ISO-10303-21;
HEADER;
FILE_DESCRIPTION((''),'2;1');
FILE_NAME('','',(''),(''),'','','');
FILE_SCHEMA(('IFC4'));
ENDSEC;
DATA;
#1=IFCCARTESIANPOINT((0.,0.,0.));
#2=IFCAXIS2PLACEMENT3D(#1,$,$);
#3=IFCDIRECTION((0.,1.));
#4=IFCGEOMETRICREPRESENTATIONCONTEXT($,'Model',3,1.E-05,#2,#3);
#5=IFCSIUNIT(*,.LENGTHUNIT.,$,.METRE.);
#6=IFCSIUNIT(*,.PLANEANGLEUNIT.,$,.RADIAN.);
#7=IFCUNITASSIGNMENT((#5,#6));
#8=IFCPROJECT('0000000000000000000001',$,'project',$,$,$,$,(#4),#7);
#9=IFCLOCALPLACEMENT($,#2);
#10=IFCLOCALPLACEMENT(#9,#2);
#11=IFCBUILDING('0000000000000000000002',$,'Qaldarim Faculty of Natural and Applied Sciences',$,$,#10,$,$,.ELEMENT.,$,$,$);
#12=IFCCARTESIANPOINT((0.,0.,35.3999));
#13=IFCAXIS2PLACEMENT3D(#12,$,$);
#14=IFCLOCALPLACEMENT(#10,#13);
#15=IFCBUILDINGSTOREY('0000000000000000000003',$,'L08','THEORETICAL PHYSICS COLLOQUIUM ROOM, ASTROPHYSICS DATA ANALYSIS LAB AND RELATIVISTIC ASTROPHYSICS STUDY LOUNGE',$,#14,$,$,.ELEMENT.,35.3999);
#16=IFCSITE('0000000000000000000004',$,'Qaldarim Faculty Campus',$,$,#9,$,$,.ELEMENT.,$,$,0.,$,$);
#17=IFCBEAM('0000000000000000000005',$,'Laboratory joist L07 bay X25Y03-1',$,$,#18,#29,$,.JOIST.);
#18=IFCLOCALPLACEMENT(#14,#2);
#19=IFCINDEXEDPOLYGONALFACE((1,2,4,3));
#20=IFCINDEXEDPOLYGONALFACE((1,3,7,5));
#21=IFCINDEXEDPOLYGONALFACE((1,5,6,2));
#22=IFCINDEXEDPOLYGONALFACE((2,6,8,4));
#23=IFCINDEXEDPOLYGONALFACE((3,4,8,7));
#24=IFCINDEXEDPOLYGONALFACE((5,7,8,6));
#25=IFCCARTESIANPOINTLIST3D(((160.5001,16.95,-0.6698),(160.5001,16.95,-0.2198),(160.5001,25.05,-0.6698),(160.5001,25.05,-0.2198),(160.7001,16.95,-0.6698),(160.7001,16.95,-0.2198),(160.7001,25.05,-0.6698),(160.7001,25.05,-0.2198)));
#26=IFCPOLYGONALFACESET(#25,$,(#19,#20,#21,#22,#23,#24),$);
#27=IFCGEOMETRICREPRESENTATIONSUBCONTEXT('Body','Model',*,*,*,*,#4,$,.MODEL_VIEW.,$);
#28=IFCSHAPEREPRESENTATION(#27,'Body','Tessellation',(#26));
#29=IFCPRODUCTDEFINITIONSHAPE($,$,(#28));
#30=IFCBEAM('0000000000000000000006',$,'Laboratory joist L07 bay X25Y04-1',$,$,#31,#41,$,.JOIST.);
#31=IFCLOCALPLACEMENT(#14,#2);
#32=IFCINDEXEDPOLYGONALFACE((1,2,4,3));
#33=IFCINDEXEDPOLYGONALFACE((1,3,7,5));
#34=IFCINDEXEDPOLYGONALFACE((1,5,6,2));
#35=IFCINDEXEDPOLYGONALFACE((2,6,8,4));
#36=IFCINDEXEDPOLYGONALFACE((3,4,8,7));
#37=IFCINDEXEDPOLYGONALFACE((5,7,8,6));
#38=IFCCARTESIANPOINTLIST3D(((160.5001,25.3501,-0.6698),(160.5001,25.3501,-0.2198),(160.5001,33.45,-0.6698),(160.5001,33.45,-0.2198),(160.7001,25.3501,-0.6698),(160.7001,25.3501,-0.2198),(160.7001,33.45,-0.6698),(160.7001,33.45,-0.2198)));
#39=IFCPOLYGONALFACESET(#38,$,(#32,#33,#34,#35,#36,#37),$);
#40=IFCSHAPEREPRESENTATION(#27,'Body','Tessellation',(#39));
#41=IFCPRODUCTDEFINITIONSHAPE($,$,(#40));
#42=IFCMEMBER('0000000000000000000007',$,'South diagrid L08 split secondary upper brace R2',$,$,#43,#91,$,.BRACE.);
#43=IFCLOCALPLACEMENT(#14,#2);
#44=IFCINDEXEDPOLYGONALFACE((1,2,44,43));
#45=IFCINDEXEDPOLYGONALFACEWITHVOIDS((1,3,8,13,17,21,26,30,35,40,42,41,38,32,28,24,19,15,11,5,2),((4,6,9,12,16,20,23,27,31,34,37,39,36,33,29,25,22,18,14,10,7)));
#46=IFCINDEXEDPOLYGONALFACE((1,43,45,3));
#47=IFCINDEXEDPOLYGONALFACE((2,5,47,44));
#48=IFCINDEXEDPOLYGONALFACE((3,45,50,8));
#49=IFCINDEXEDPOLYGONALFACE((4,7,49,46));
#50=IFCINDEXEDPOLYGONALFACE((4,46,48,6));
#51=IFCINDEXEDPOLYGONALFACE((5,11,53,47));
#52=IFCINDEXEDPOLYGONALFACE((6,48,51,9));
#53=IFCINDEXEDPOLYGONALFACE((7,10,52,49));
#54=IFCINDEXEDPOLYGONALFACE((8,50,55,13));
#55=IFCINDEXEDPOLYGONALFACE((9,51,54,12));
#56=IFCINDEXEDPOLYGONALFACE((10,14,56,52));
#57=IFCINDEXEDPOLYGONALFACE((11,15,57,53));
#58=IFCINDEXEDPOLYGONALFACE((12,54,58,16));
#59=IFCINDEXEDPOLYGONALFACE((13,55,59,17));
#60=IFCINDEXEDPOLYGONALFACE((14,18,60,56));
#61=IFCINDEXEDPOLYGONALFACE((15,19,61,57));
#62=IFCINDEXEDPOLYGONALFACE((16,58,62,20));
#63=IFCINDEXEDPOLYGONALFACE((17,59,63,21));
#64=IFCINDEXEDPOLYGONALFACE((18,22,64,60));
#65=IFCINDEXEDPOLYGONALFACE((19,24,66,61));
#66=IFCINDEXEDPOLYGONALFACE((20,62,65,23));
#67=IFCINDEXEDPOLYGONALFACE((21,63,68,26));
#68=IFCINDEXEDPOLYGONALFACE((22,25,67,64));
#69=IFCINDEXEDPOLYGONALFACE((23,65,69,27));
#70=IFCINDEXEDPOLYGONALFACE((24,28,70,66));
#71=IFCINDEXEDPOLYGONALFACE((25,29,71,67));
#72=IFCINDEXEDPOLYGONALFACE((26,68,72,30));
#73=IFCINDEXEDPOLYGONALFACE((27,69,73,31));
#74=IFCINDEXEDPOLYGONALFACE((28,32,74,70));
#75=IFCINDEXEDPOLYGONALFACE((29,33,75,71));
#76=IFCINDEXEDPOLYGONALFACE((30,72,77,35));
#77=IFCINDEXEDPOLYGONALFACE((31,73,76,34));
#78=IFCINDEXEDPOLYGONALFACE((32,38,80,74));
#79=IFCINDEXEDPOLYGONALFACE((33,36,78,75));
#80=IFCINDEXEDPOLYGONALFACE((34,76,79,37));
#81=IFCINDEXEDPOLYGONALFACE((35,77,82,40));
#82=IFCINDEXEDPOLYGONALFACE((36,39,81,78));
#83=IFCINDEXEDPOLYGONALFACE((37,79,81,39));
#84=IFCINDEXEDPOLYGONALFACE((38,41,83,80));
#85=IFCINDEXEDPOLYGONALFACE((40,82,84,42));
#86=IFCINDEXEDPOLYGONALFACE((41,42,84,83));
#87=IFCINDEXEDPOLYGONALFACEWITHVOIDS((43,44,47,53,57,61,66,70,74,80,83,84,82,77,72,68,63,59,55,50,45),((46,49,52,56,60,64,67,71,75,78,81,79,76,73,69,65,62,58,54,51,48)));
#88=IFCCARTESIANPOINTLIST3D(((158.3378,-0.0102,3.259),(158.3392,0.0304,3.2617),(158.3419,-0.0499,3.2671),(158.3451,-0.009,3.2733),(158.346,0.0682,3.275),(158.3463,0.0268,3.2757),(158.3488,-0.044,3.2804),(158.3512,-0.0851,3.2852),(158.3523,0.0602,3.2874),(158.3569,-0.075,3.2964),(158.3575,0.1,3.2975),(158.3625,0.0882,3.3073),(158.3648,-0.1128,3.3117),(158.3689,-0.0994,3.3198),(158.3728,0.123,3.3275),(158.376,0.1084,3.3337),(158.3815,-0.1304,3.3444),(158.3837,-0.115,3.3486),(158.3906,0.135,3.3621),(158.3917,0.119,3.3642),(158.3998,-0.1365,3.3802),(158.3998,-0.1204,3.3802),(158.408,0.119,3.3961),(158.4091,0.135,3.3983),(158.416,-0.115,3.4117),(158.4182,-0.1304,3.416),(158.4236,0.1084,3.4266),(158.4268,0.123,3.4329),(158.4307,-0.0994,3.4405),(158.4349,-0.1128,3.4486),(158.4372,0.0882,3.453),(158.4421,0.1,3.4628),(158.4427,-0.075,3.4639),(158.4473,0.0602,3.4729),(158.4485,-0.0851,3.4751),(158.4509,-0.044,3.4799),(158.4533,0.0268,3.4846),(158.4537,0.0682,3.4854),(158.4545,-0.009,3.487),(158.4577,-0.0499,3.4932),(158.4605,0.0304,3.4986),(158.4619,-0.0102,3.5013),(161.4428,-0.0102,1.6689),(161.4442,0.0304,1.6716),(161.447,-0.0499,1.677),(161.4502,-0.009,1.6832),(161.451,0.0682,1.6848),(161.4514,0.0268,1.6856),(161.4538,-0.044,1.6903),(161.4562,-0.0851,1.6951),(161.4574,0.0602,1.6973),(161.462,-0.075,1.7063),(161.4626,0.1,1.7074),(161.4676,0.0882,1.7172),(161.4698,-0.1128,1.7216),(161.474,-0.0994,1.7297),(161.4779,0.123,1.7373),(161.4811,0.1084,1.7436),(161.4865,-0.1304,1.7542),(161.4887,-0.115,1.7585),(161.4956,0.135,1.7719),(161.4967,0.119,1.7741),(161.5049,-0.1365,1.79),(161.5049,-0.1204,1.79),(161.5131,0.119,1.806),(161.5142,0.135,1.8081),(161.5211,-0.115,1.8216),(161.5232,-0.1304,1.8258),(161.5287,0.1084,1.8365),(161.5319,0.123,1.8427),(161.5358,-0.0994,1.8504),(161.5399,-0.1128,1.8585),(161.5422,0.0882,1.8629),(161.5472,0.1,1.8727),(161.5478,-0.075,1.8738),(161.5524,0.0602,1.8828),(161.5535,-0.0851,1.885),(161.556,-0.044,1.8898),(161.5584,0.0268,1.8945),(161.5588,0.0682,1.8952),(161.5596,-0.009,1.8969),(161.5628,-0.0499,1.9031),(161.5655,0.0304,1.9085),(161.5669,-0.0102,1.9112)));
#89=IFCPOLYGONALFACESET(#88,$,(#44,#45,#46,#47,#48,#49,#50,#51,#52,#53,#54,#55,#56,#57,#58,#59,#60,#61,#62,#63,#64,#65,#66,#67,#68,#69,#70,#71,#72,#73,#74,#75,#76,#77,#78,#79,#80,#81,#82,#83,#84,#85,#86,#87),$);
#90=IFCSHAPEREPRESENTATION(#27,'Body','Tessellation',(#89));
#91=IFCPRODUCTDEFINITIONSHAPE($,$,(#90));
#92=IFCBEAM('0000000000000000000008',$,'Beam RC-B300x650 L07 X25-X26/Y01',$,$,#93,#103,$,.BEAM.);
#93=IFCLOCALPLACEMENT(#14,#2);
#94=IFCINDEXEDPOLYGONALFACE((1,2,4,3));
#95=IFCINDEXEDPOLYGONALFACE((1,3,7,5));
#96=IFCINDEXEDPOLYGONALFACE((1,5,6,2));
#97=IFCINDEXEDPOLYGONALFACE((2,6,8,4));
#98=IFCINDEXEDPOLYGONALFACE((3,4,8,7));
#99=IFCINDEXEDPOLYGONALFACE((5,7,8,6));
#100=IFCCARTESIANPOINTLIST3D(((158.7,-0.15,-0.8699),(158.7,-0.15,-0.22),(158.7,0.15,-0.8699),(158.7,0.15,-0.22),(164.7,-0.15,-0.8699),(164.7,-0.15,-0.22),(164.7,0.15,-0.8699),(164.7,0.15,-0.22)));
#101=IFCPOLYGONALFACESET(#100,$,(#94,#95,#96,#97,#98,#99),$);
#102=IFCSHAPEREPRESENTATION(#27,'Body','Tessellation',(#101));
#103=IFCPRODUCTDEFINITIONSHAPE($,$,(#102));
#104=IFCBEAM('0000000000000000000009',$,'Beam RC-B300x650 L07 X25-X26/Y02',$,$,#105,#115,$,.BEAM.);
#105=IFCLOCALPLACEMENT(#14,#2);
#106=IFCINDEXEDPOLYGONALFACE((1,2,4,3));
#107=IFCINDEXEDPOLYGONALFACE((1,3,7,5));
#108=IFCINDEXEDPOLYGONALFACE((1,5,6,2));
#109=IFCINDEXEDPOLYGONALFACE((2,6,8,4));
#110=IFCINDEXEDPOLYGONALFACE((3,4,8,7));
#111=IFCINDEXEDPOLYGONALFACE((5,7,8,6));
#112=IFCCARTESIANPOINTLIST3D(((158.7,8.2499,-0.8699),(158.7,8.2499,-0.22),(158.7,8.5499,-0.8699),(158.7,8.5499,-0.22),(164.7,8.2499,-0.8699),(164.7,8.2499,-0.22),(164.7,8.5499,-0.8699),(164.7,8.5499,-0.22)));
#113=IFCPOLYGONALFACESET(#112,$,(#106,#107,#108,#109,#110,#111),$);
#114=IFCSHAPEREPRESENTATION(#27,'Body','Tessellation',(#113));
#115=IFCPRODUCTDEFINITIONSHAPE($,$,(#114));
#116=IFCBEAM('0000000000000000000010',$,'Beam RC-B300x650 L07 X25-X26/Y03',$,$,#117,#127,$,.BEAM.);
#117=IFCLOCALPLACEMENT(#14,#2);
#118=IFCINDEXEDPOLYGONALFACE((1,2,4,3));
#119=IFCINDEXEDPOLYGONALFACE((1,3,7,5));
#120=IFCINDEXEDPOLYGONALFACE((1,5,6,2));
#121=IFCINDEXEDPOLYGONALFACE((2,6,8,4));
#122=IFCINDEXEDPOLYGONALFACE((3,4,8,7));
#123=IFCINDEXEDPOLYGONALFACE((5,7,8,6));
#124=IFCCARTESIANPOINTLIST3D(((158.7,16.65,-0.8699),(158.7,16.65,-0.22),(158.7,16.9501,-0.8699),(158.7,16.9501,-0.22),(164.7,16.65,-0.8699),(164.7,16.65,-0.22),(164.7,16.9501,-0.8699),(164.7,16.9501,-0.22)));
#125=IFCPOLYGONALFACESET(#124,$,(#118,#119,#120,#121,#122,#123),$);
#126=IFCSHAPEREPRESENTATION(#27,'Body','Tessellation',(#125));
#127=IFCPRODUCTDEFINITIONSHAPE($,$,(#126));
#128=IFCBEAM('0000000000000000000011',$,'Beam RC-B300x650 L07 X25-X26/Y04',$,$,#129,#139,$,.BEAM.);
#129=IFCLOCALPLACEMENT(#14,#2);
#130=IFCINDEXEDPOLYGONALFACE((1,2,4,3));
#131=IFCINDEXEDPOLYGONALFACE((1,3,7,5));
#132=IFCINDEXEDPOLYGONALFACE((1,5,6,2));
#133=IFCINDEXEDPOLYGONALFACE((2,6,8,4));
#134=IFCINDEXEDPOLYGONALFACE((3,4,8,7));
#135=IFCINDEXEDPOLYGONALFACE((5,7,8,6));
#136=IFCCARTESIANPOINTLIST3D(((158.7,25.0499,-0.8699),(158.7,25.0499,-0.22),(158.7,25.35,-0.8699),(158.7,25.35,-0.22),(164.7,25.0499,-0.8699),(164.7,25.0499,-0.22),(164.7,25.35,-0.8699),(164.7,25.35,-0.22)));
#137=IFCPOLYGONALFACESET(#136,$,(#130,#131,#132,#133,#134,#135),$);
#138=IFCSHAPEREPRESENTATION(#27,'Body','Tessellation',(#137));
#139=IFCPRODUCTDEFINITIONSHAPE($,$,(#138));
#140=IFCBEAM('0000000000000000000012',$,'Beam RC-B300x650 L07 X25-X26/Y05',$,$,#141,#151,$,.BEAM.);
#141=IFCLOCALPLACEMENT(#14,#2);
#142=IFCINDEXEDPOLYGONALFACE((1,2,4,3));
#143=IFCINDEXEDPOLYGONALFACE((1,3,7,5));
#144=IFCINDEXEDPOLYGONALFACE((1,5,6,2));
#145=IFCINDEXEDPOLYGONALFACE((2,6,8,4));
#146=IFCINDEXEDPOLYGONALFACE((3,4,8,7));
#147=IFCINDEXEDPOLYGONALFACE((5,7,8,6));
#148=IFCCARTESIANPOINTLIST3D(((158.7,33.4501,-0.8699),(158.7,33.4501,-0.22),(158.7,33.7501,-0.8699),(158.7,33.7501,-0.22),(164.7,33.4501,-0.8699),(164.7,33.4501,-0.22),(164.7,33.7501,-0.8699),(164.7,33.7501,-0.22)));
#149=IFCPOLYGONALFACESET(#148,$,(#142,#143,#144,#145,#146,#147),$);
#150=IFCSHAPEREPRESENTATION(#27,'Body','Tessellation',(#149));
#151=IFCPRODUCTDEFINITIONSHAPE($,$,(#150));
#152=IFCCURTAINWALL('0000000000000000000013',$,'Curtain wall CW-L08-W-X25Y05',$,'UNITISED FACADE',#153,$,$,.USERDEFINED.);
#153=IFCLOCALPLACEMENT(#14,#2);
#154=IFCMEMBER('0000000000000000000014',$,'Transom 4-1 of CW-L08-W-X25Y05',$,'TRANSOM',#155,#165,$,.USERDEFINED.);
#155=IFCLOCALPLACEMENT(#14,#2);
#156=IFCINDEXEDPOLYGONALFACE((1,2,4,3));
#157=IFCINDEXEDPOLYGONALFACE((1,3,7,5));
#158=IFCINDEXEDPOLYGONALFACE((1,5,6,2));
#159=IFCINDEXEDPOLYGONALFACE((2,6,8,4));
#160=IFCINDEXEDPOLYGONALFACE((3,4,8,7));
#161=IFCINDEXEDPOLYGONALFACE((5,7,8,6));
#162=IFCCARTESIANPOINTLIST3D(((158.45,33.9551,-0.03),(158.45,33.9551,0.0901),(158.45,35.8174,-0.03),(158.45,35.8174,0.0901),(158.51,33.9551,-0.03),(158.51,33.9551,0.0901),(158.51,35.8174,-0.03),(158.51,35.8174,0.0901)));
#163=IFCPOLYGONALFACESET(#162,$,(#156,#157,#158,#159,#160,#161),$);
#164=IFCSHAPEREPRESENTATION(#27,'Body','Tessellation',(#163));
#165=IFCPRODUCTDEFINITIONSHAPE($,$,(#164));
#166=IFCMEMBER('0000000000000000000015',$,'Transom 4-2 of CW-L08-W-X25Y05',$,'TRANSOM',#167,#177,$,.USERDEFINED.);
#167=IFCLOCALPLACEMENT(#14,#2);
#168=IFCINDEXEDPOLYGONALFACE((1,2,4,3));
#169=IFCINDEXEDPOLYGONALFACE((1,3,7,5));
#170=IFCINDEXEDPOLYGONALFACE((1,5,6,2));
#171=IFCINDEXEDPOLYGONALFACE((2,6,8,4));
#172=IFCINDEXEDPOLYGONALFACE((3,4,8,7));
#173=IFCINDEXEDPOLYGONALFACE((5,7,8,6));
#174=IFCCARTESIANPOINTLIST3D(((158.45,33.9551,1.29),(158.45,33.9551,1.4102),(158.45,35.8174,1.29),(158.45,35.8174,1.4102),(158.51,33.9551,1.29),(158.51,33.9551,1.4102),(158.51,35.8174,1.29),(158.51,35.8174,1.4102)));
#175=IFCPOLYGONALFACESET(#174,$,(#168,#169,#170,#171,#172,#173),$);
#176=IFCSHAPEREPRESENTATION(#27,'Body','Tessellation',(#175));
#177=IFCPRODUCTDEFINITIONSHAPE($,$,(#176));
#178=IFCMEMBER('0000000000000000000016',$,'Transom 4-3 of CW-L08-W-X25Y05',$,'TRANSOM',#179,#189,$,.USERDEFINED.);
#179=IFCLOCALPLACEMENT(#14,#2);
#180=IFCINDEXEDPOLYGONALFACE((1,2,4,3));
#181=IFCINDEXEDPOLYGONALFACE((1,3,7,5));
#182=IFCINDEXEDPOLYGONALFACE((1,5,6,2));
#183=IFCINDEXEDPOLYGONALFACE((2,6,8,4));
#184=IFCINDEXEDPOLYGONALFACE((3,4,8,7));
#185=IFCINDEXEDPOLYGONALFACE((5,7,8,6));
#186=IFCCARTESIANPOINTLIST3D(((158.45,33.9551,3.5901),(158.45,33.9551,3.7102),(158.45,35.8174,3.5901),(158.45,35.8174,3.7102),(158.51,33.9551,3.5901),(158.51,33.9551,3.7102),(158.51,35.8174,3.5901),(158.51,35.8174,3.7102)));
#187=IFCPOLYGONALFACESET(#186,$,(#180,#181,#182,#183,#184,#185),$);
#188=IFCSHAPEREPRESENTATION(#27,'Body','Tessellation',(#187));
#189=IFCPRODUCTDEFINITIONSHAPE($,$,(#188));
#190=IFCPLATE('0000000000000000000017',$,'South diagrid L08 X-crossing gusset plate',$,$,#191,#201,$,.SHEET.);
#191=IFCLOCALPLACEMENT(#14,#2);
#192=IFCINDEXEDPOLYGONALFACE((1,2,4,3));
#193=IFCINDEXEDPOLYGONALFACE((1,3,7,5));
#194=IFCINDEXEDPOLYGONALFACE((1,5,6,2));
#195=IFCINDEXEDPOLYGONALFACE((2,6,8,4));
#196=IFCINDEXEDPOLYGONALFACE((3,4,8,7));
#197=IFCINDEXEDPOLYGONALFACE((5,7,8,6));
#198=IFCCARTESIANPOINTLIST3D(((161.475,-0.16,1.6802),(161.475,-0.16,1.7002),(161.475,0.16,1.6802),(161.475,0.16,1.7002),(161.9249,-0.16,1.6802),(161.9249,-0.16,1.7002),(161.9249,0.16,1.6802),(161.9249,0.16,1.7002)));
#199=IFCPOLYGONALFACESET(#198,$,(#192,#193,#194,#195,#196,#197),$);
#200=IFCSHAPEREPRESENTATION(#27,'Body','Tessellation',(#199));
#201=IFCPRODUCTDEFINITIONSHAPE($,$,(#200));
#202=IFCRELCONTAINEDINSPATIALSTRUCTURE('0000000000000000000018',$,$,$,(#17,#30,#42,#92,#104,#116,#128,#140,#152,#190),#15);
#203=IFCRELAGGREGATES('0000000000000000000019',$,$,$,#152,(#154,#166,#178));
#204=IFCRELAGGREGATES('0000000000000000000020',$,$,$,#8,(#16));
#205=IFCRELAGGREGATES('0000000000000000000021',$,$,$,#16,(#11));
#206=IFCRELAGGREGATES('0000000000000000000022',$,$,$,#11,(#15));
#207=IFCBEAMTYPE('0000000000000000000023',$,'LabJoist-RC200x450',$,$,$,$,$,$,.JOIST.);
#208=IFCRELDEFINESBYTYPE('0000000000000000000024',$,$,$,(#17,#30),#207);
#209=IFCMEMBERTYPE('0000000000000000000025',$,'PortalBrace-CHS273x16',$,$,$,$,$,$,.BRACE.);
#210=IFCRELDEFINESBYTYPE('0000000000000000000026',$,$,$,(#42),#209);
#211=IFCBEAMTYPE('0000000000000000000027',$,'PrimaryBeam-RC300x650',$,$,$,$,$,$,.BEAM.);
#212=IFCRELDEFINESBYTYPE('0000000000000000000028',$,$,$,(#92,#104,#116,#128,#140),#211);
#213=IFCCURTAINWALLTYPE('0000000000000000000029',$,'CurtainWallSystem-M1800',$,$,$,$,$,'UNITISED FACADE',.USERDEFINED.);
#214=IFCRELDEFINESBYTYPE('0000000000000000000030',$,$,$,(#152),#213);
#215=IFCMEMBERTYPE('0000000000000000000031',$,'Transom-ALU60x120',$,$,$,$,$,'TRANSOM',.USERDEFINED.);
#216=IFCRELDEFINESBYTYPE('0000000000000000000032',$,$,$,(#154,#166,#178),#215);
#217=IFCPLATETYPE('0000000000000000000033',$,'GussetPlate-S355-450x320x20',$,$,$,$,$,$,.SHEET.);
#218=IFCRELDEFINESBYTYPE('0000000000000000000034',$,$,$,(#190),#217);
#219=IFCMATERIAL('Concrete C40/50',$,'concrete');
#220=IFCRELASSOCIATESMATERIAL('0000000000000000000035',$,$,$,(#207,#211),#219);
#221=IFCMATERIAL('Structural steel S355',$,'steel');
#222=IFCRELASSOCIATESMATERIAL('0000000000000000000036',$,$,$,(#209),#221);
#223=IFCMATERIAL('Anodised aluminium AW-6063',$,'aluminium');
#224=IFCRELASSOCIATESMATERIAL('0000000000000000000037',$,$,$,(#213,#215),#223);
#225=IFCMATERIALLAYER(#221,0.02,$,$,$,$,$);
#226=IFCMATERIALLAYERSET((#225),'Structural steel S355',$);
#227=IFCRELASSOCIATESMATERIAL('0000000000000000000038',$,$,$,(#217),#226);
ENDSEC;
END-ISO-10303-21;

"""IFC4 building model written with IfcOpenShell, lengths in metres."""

from ifc_helpers import new_model, si_unit, direction, frame, origin, origin_2d, place, context, subcontext, project, spatial, rectangle, hollow_circle, extrude, material, layer, layer_set, material_profile, profile_set, type_object, element, aggregate, save


model = new_model("IFC4")

# Units and contexts
model_context = context("Model", 3, precision=1e-05, world=origin(), true_north=direction((0.0, 1.0)))
body_context = subcontext(model_context, "Body", "Model", "MODEL_VIEW")
ifc_project = project(units=[si_unit("LENGTHUNIT", "METRE"), si_unit("PLANEANGLEUNIT", "RADIAN")], contexts=[model_context])

# Site, building, storey
site_placement = place(None, origin())
site = spatial("IfcSite", under=ifc_project, at=site_placement, Name="Qaldarim Faculty Campus", CompositionType="ELEMENT", RefElevation=0.0)
building_placement = place(site_placement, origin())
building = spatial("IfcBuilding", under=site, at=building_placement, Name="Qaldarim Faculty of Natural and Applied Sciences", CompositionType="ELEMENT")
storey_placement = place(building_placement, frame((0.0, 0.0, 35.3999)))
storey = spatial("IfcBuildingStorey", under=building, at=storey_placement, Name="L08", Description="THEORETICAL PHYSICS COLLOQUIUM ROOM, ASTROPHYSICS DATA ANALYSIS LAB AND RELATIVISTIC ASTROPHYSICS STUDY LOUNGE", CompositionType="ELEMENT", Elevation=35.3999)

# Beams
ifc_material_1 = material(Name="Concrete C40/50", Category="concrete")
ifc_material_profile_1 = material_profile(ifc_material_1, rectangle(XDim=0.2, YDim=0.45, at=origin_2d()), Name="RC-J200x450")
ifc_profile_set_1 = profile_set([ifc_material_profile_1], Name="Concrete C40/50")
beam_type_1 = type_object("IfcBeamType", Name="LabJoist-RC200x450", PredefinedType="JOIST", material=ifc_profile_set_1)
beam_1_placement = place(storey_placement, frame((160.6001, 16.95, -0.4448), z_axis=(0.0, 1.0, 0.0), x_axis=(-1.0, 0.0, 0.0)))
element("IfcBeam", 1, at=beam_1_placement, inside=storey, type_object=beam_type_1, Name="Laboratory joist L07 bay X25Y03-1", PredefinedType="JOIST", context=body_context, shape_type="SweptSolid", body=[
    extrude(rectangle(XDim=0.2, YDim=0.45, at=origin_2d()), origin(), (0.0, 0.0, 1.0), 8.1001),
])
beam_2_placement = place(storey_placement, frame((160.6001, 25.3501, -0.4448), z_axis=(0.0, 1.0, 0.0), x_axis=(-1.0, 0.0, 0.0)))
element("IfcBeam", 2, at=beam_2_placement, inside=storey, type_object=beam_type_1, Name="Laboratory joist L07 bay X25Y04-1", PredefinedType="JOIST", context=body_context, shape_type="SweptSolid", body=[
    extrude(rectangle(XDim=0.2, YDim=0.45, at=origin_2d()), origin(), (0.0, 0.0, 1.0), 8.0999),
])

# Member
ifc_material_2 = material(Name="Structural steel S355", Category="steel")
ifc_material_profile_2 = material_profile(ifc_material_2, hollow_circle(Radius=0.1365, WallThickness=0.0161, at=origin_2d()), Name="CHS 273.0x16.0")
ifc_profile_set_2 = profile_set([ifc_material_profile_2], Name="Structural steel S355")
member_type_1 = type_object("IfcMemberType", Name="PortalBrace-CHS273x16", PredefinedType="BRACE", material=ifc_profile_set_2)
member_1_placement = place(storey_placement, frame((161.5049, 0.0, 1.79), z_axis=(-0.890075, 0.0, 0.455815), x_axis=(0.0, -1.0, 0.0)))
element("IfcMember", 3, at=member_1_placement, inside=storey, type_object=member_type_1, Name="South diagrid L08 split secondary upper brace R2", PredefinedType="BRACE", context=body_context, shape_type="SweptSolid", body=[
    extrude(hollow_circle(Radius=0.1365, WallThickness=0.0161, at=origin_2d()), origin(), (0.0, 0.0, 1.0), 3.4885),
])

# Beams
ifc_material_profile_3 = material_profile(ifc_material_1, rectangle(XDim=0.3, YDim=0.6499, at=origin_2d()), Name="RC-B300x650")
ifc_profile_set_3 = profile_set([ifc_material_profile_3], Name="Concrete C40/50")
beam_type_2 = type_object("IfcBeamType", Name="PrimaryBeam-RC300x650", PredefinedType="BEAM", material=ifc_profile_set_3)
for number, where, z_axis, x_axis, name in (
    (4, (158.7, 0.0, -0.5449), (1.0, 0.0, 0.0), (0.0, 1.0, 0.0), "Beam RC-B300x650 L07 X25-X26/Y01"),
    (5, (158.7, 8.3999, -0.5449), (1.0, 0.0, 0.0), (0.0, 1.0, 0.0), "Beam RC-B300x650 L07 X25-X26/Y02"),
    (6, (158.7, 16.8, -0.5449), (1.0, 0.0, 0.0), (0.0, 1.0, 0.0), "Beam RC-B300x650 L07 X25-X26/Y03"),
    (7, (158.7, 25.2, -0.5449), (1.0, 0.0, 0.0), (0.0, 1.0, 0.0), "Beam RC-B300x650 L07 X25-X26/Y04"),
    (8, (158.7, 33.6001, -0.5449), (1.0, 0.0, 0.0), (0.0, 1.0, 0.0), "Beam RC-B300x650 L07 X25-X26/Y05"),
):
    element("IfcBeam", number, at=place(storey_placement, frame(where, z_axis=z_axis, x_axis=x_axis)), inside=storey, type_object=beam_type_2, Name=name, PredefinedType="BEAM", context=body_context, shape_type="SweptSolid", body=[
        extrude(rectangle(XDim=0.3, YDim=0.6499, at=origin_2d()), origin(), (0.0, 0.0, 1.0), 6.0),
    ])

# Curtain wall, members
ifc_material_3 = material(Name="Anodised aluminium AW-6063", Category="aluminium")
curtain_wall_type = type_object("IfcCurtainWallType", Name="CurtainWallSystem-M1800", ElementType="UNITISED FACADE", PredefinedType="USERDEFINED", material=ifc_material_3)
curtain_wall_placement = place(storey_placement, origin())
curtain_wall = element("IfcCurtainWall", 9, at=curtain_wall_placement, inside=storey, type_object=curtain_wall_type, Name="Curtain wall CW-L08-W-X25Y05", ObjectType="UNITISED FACADE", PredefinedType="USERDEFINED")
ifc_material_profile_4 = material_profile(ifc_material_3, rectangle(XDim=0.0601, YDim=0.1201, at=origin_2d()), Name="ALU-T60x120")
ifc_profile_set_4 = profile_set([ifc_material_profile_4], Name="Anodised aluminium AW-6063")
member_type_2 = type_object("IfcMemberType", Name="Transom-ALU60x120", ElementType="TRANSOM", PredefinedType="USERDEFINED", material=ifc_profile_set_4)
member_2_placement = place(storey_placement, frame((158.48, 35.8174, 0.03), z_axis=(0.0, -1.0, 0.0), x_axis=(1.0, 0.0, 0.0)))
member_2 = element("IfcMember", 10, at=member_2_placement, type_object=member_type_2, Name="Transom 4-1 of CW-L08-W-X25Y05", ObjectType="TRANSOM", PredefinedType="USERDEFINED", context=body_context, shape_type="SweptSolid", body=[
    extrude(rectangle(XDim=0.0601, YDim=0.1201, at=origin_2d()), origin(), (0.0, 0.0, 1.0), 1.8623),
])
member_3_placement = place(storey_placement, frame((158.48, 35.8174, 1.3501), z_axis=(0.0, -1.0, 0.0), x_axis=(1.0, 0.0, 0.0)))
member_3 = element("IfcMember", 11, at=member_3_placement, type_object=member_type_2, Name="Transom 4-2 of CW-L08-W-X25Y05", ObjectType="TRANSOM", PredefinedType="USERDEFINED", context=body_context, shape_type="SweptSolid", body=[
    extrude(rectangle(XDim=0.0601, YDim=0.1201, at=origin_2d()), origin(), (0.0, 0.0, 1.0), 1.8623),
])
member_4_placement = place(storey_placement, frame((158.48, 35.8174, 3.6501), z_axis=(0.0, -1.0, 0.0), x_axis=(1.0, 0.0, 0.0)))
member_4 = element("IfcMember", 12, at=member_4_placement, type_object=member_type_2, Name="Transom 4-3 of CW-L08-W-X25Y05", ObjectType="TRANSOM", PredefinedType="USERDEFINED", context=body_context, shape_type="SweptSolid", body=[
    extrude(rectangle(XDim=0.0601, YDim=0.1201, at=origin_2d()), origin(), (0.0, 0.0, 1.0), 1.8623),
])

# Plate
ifc_layer_1 = layer(ifc_material_2, 0.02)
ifc_layer_set_1 = layer_set([ifc_layer_1], Name="Structural steel S355")
plate_type_1 = type_object("IfcPlateType", Name="GussetPlate-S355-450x320x20", PredefinedType="SHEET", material=ifc_layer_set_1)
plate_1_placement = place(storey_placement, frame((161.7, 0.0, 1.6802), z_axis=(0.0, 0.0, 1.0), x_axis=(1.0, 0.0, 0.0)))
element("IfcPlate", 13, at=plate_1_placement, inside=storey, type_object=plate_type_1, Name="South diagrid L08 X-crossing gusset plate", PredefinedType="SHEET", context=body_context, shape_type="SweptSolid", body=[
    extrude(rectangle(XDim=0.45, YDim=0.3201, at=origin_2d()), origin(), (0.0, 0.0, 1.0), 0.02),
])
aggregate(curtain_wall, [member_2, member_3, member_4])

save(model, "model.ifc")
